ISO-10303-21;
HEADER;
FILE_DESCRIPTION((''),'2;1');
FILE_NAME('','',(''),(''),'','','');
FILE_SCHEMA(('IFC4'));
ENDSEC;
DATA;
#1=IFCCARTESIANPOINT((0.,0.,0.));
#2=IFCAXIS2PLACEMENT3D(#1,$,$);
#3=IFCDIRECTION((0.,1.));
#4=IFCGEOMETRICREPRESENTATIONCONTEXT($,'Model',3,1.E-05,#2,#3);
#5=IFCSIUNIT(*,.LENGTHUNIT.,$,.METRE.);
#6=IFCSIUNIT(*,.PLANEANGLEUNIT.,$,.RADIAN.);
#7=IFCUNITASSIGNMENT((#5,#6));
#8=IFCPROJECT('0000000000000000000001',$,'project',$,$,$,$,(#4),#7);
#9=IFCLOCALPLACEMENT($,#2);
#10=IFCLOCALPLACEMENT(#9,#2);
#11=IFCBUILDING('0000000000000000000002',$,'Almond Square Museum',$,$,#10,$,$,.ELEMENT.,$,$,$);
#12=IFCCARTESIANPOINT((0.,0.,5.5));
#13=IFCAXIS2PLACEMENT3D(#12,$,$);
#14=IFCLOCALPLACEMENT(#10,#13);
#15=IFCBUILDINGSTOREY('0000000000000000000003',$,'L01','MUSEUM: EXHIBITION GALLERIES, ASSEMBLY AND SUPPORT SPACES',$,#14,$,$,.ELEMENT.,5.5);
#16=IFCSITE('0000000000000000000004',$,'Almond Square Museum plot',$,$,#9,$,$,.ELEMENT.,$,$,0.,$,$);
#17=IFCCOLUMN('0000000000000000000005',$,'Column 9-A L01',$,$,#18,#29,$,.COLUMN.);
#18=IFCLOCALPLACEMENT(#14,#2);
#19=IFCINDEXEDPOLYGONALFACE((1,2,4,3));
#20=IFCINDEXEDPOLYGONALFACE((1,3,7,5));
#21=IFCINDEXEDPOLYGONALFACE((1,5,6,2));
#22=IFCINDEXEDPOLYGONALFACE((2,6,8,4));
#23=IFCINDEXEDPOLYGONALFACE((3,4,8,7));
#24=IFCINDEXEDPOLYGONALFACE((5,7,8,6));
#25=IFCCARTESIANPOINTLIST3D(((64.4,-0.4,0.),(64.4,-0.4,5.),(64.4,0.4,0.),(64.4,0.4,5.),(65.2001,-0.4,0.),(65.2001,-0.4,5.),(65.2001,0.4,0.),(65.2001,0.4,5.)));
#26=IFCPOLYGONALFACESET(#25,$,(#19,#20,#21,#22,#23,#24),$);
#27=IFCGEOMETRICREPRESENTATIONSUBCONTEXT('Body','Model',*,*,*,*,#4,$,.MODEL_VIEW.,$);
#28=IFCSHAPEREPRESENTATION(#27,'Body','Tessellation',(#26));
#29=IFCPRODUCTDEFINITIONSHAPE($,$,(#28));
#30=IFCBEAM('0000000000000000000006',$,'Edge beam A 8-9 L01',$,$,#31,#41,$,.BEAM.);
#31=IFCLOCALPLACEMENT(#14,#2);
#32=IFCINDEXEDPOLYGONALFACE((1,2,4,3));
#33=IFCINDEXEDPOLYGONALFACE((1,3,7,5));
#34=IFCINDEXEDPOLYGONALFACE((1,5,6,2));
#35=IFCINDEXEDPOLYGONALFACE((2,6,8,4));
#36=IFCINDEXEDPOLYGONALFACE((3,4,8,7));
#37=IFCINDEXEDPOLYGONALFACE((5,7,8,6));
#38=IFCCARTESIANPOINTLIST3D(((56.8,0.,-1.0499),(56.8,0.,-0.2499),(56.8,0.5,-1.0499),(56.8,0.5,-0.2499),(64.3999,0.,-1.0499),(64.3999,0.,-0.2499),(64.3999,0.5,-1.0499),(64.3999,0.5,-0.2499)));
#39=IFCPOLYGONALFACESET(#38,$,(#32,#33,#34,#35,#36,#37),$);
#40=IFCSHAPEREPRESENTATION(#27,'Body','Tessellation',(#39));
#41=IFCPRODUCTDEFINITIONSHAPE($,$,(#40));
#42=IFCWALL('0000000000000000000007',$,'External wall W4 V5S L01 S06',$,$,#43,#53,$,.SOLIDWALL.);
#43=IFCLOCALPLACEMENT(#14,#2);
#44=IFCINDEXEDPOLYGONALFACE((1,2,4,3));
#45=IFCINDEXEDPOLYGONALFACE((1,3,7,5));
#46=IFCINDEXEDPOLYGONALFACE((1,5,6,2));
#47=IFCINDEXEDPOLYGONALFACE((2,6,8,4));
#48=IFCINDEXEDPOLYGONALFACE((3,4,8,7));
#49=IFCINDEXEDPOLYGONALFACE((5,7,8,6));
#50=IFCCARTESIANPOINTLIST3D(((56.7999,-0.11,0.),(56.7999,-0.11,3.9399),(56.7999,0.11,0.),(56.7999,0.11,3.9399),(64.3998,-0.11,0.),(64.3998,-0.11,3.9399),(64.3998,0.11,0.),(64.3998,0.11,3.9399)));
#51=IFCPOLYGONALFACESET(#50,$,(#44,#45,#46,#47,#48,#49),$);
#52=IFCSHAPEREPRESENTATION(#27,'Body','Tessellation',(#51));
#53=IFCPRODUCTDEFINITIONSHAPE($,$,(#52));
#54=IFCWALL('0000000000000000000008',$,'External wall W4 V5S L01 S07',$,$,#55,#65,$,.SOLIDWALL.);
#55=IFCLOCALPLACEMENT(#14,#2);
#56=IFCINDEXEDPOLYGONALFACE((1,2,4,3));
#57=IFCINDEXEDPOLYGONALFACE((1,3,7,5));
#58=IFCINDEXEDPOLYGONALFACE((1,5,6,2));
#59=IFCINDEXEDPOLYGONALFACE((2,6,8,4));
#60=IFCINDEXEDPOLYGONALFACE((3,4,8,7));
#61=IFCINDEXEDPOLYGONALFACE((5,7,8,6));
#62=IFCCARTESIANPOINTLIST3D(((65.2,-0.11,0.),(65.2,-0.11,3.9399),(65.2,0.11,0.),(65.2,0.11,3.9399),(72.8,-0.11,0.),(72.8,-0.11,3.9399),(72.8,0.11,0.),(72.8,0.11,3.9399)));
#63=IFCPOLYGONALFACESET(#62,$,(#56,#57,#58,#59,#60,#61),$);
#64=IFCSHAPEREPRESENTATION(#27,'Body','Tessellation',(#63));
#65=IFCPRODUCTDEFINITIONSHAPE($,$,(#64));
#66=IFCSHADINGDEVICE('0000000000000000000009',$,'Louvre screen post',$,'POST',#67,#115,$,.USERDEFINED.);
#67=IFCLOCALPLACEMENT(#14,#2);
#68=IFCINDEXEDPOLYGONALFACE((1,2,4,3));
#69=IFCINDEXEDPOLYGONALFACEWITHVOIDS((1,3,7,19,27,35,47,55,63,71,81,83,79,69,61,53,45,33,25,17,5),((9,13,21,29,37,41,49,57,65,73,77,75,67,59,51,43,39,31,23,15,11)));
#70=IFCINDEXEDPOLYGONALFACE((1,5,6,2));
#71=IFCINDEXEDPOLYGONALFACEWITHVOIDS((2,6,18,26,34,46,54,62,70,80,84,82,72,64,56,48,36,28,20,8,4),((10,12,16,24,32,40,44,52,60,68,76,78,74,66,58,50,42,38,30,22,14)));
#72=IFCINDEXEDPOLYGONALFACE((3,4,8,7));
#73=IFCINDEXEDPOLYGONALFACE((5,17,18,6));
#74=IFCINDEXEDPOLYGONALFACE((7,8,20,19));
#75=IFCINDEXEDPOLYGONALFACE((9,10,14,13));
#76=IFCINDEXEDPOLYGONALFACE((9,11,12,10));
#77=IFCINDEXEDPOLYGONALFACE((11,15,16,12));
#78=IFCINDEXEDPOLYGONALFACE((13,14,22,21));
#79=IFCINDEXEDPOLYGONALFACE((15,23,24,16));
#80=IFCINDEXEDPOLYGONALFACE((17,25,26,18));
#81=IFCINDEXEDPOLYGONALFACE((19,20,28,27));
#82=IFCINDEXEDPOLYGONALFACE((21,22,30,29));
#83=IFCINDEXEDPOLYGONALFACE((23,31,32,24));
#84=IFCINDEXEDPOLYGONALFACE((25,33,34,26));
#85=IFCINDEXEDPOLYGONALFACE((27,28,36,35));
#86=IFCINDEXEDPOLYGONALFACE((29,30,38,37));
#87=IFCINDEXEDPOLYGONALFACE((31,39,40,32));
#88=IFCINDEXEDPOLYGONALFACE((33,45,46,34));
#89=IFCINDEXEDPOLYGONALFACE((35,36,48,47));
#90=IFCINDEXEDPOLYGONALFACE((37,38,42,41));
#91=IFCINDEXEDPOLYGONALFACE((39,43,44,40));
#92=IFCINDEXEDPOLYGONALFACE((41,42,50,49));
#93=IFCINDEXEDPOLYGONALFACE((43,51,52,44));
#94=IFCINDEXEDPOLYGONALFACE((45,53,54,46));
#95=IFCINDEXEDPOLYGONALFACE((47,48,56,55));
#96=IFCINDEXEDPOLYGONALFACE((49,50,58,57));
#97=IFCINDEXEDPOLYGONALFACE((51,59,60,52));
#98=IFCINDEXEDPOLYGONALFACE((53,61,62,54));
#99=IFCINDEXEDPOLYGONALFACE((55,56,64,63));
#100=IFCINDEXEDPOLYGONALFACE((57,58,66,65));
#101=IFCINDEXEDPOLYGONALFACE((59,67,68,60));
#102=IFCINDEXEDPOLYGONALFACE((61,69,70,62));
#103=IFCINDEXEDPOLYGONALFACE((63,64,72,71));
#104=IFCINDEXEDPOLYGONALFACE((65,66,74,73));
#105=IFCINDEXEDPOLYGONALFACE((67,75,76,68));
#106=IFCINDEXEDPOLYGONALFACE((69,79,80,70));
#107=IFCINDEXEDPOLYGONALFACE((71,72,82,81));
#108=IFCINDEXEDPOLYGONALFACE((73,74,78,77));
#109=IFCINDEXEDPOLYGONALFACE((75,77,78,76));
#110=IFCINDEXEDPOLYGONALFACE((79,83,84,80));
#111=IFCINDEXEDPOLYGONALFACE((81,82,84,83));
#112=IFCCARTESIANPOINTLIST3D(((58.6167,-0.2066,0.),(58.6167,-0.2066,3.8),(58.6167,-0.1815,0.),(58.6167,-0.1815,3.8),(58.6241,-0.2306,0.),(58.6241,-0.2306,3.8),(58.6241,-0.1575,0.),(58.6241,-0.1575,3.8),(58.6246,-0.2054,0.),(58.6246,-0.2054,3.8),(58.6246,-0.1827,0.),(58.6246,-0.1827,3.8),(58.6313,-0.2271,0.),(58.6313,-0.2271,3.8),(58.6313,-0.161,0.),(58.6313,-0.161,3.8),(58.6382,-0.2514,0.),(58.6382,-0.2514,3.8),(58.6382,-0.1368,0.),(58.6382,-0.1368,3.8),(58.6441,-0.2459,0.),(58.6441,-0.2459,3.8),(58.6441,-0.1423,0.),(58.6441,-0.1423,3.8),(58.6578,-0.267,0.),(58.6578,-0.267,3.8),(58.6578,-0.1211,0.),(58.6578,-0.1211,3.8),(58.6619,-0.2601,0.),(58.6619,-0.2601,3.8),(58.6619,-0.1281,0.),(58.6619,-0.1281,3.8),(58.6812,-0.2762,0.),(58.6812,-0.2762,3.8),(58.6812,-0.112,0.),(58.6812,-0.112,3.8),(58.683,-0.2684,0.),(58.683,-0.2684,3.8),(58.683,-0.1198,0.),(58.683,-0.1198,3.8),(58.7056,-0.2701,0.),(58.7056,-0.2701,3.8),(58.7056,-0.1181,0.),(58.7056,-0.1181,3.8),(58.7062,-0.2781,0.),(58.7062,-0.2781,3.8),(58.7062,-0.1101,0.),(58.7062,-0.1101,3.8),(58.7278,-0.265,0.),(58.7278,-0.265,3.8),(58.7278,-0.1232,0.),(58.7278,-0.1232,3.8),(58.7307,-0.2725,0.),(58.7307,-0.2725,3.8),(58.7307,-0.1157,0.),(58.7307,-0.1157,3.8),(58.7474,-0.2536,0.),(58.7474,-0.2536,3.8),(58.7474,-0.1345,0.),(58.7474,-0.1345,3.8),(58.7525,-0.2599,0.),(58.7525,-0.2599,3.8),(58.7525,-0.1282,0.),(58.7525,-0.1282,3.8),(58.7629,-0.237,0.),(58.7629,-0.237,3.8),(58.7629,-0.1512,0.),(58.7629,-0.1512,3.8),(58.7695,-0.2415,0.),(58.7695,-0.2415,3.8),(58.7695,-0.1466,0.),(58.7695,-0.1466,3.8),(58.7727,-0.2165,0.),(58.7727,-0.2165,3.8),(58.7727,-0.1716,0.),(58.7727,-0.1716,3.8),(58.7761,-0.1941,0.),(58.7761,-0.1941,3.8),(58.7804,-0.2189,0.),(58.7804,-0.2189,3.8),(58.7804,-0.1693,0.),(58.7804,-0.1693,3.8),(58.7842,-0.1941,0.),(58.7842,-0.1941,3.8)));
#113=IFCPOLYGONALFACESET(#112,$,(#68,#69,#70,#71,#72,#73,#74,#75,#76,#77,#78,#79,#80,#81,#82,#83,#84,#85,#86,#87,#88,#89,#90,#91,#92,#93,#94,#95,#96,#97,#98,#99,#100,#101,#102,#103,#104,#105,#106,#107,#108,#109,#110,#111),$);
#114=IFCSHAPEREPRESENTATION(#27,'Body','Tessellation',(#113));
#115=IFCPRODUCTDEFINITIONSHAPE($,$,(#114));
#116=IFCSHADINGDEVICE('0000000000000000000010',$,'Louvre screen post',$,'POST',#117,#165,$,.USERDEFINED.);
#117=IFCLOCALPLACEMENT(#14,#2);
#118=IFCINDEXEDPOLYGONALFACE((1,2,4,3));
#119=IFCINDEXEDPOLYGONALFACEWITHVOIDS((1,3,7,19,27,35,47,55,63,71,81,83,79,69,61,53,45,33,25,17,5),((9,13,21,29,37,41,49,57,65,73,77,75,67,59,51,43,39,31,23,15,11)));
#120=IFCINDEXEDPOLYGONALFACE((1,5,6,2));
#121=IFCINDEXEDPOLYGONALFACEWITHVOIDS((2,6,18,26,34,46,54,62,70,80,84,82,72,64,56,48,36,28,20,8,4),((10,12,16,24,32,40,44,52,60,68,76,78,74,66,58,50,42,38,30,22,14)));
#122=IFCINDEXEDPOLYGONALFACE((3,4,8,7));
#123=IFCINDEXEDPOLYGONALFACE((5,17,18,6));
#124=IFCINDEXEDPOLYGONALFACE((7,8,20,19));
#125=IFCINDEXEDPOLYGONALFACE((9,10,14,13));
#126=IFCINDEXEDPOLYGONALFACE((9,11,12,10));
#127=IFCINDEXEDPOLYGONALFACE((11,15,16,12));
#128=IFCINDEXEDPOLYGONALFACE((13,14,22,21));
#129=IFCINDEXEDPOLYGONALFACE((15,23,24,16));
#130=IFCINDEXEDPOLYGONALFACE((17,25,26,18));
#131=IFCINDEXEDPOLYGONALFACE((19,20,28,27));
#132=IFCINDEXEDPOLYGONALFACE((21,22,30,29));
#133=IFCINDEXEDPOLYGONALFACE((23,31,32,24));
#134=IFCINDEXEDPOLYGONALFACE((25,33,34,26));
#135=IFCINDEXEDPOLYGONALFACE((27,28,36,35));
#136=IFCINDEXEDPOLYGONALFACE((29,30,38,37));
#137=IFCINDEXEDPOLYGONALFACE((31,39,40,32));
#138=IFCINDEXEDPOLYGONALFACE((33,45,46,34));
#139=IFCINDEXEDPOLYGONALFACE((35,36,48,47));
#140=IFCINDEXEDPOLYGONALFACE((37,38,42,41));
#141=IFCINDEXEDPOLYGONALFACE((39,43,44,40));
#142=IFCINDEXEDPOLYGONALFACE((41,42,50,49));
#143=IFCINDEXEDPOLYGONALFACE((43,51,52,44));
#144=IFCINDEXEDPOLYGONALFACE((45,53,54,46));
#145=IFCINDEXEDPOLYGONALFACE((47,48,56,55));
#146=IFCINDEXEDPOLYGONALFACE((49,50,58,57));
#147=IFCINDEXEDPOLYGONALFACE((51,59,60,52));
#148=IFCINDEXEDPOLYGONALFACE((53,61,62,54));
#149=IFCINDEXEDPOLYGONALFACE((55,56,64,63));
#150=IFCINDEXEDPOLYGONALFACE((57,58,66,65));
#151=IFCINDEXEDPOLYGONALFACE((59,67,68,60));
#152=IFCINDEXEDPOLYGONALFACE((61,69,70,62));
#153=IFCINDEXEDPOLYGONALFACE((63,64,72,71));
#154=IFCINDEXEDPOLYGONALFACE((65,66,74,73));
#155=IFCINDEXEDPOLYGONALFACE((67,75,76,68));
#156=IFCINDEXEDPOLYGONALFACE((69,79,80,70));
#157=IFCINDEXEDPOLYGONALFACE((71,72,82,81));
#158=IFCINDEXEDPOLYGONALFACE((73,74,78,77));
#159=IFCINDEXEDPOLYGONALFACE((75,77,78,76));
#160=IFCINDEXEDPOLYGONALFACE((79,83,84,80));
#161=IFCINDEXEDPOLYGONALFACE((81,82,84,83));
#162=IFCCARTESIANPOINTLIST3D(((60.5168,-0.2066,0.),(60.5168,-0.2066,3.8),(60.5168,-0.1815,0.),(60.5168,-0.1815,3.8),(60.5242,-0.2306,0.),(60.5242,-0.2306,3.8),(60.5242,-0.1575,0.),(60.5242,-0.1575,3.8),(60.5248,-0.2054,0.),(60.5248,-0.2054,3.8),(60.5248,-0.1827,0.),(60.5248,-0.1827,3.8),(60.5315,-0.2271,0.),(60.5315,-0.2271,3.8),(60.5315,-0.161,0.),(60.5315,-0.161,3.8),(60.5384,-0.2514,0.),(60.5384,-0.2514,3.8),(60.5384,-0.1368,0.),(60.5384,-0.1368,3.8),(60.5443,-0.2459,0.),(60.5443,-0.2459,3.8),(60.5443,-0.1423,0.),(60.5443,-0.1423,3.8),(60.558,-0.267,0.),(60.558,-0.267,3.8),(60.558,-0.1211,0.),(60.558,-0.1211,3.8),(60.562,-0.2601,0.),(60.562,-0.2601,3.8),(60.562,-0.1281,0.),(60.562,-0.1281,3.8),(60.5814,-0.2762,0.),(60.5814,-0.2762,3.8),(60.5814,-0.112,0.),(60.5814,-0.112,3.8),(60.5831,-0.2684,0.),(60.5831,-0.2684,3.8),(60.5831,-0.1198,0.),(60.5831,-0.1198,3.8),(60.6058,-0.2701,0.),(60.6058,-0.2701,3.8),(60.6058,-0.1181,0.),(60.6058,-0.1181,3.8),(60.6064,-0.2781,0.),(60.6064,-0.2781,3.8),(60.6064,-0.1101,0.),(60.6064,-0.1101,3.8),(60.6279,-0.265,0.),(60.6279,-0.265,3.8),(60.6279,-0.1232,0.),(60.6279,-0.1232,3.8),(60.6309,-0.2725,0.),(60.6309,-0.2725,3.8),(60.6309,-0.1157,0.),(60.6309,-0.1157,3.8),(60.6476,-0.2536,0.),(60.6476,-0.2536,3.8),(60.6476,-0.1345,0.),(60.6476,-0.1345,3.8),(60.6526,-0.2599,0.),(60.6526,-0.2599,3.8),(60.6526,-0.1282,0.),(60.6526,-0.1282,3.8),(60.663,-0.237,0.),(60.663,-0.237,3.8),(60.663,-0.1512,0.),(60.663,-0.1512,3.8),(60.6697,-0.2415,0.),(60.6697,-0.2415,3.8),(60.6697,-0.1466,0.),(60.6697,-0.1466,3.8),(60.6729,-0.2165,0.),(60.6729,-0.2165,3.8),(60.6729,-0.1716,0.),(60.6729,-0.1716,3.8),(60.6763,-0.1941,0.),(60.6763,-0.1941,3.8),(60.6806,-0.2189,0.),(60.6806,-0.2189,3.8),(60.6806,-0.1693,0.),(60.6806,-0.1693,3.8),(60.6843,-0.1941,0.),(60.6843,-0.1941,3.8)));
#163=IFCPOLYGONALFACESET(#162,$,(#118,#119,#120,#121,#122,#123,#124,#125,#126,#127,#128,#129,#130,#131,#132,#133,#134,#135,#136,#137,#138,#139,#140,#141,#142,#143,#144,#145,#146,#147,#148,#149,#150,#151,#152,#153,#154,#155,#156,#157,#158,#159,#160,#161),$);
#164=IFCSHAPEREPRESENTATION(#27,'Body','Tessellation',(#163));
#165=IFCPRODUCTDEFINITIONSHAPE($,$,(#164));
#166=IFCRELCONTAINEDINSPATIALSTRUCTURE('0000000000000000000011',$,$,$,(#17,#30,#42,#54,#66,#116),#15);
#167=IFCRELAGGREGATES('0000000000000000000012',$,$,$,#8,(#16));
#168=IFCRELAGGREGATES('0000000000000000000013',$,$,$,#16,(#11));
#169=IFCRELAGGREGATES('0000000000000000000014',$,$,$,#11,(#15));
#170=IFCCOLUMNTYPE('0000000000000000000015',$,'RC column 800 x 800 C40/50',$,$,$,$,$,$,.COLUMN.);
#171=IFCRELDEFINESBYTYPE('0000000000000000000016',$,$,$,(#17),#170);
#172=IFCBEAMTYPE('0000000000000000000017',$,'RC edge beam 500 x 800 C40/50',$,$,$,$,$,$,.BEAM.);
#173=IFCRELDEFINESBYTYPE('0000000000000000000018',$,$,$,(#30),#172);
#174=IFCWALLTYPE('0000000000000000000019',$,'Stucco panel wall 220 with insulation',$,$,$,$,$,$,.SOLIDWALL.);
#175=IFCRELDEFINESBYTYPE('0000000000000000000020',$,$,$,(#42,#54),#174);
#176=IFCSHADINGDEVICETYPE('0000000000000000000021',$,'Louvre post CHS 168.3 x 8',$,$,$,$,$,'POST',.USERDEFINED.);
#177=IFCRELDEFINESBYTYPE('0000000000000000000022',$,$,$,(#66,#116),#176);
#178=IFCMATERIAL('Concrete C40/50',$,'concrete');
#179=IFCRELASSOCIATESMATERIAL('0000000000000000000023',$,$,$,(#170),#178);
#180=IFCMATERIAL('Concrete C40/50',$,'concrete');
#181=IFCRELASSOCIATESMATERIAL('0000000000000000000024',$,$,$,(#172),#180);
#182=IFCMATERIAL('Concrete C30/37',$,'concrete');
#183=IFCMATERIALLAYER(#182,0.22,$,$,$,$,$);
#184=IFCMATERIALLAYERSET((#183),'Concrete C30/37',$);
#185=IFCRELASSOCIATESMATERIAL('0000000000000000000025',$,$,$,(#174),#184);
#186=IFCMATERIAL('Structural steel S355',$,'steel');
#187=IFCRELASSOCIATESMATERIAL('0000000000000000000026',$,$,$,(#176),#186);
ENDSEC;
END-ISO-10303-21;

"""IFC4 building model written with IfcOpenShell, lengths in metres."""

from ifc_helpers import new_model, si_unit, direction, frame, frame_2d, origin, origin_2d, place, context, subcontext, project, spatial, rectangle, hollow_circle, extrude, material, layer, layer_set, material_profile, profile_set, type_object, element, save


model = new_model("IFC4")

# Units and contexts
model_context = context("Model", 3, precision=1e-05, world=origin(), true_north=direction((0.0, 1.0)))
body_context = subcontext(model_context, "Body", "Model", "MODEL_VIEW")
ifc_project = project(units=[si_unit("LENGTHUNIT", "METRE"), si_unit("PLANEANGLEUNIT", "RADIAN")], contexts=[model_context])

# Site, building, storey
site_placement = place(None, origin())
site = spatial("IfcSite", under=ifc_project, at=site_placement, Name="Almond Square Museum plot", CompositionType="ELEMENT", RefElevation=0.0)
building_placement = place(site_placement, origin())
building = spatial("IfcBuilding", under=site, at=building_placement, Name="Almond Square Museum", CompositionType="ELEMENT")
storey_placement = place(building_placement, frame((0.0, 0.0, 5.5)))
storey = spatial("IfcBuildingStorey", under=building, at=storey_placement, Name="L01", Description="MUSEUM: EXHIBITION GALLERIES, ASSEMBLY AND SUPPORT SPACES", CompositionType="ELEMENT", Elevation=5.5)

# Column
ifc_material_1 = material(Name="Concrete C40/50", Category="concrete")
ifc_material_profile_1 = material_profile(ifc_material_1, rectangle(XDim=0.8, YDim=0.8, at=origin_2d()))
ifc_profile_set_1 = profile_set([ifc_material_profile_1], Name="Concrete C40/50")
column_type = type_object("IfcColumnType", Name="RC column 800 x 800 C40/50", PredefinedType="COLUMN", material=ifc_profile_set_1)
column_placement = place(storey_placement, frame((64.8, 0.0, 0.0), z_axis=(0.0, 0.0, 1.0), x_axis=(1.0, 0.0, 0.0)))
element("IfcColumn", 1, at=column_placement, inside=storey, type_object=column_type, Name="Column 9-A L01", PredefinedType="COLUMN", context=body_context, shape_type="SweptSolid", body=[
    extrude(rectangle(XDim=0.8, YDim=0.8, at=origin_2d()), origin(), (0.0, 0.0, 1.0), 5.0),
])

# Beam
ifc_material_2 = material(Name="Concrete C40/50", Category="concrete")
ifc_material_profile_2 = material_profile(ifc_material_2, rectangle(XDim=0.5, YDim=0.8, at=origin_2d()))
ifc_profile_set_2 = profile_set([ifc_material_profile_2], Name="Concrete C40/50")
beam_type = type_object("IfcBeamType", Name="RC edge beam 500 x 800 C40/50", PredefinedType="BEAM", material=ifc_profile_set_2)
beam_placement = place(storey_placement, frame((56.8, 0.25, -0.6499), z_axis=(1.0, 0.0, 0.0), x_axis=(0.0, 1.0, 0.0)))
element("IfcBeam", 2, at=beam_placement, inside=storey, type_object=beam_type, Name="Edge beam A 8-9 L01", PredefinedType="BEAM", context=body_context, shape_type="SweptSolid", body=[
    extrude(rectangle(XDim=0.5, YDim=0.8, at=origin_2d()), origin(), (0.0, 0.0, 1.0), 7.5999),
])

# Walls
ifc_material_3 = material(Name="Concrete C30/37", Category="concrete")
ifc_layer = layer(ifc_material_3, 0.22)
ifc_layer_set = layer_set([ifc_layer], Name="Concrete C30/37")
wall_type = type_object("IfcWallType", Name="Stucco panel wall 220 with insulation", PredefinedType="SOLIDWALL", material=ifc_layer_set)
wall_1_placement = place(storey_placement, frame((56.8, 0.0, 0.0), z_axis=(0.0, 0.0, 1.0), x_axis=(1.0, 0.0, 0.0)))
element("IfcWall", 3, at=wall_1_placement, inside=storey, type_object=wall_type, Name="External wall W4 V5S L01 S06", PredefinedType="SOLIDWALL", context=body_context, shape_type="SweptSolid", body=[
    extrude(rectangle(XDim=7.5999, YDim=0.22, at=frame_2d((3.7998, 0.0))), origin(), (0.0, 0.0, 1.0), 3.9399),
])
wall_2_placement = place(storey_placement, frame((65.2, 0.0, 0.0), z_axis=(0.0, 0.0, 1.0), x_axis=(1.0, 0.0, 0.0)))
element("IfcWall", 4, at=wall_2_placement, inside=storey, type_object=wall_type, Name="External wall W4 V5S L01 S07", PredefinedType="SOLIDWALL", context=body_context, shape_type="SweptSolid", body=[
    extrude(rectangle(XDim=7.6001, YDim=0.22, at=frame_2d((3.8, 0.0))), origin(), (0.0, 0.0, 1.0), 3.9399),
])

# Shading devices
ifc_material_4 = material(Name="Structural steel S355", Category="steel")
ifc_material_profile_3 = material_profile(ifc_material_4, hollow_circle(Radius=0.0842, WallThickness=0.0081, at=origin_2d()))
ifc_profile_set_3 = profile_set([ifc_material_profile_3], Name="Structural steel S355")
shading_device_type = type_object("IfcShadingDeviceType", Name="Louvre post CHS 168.3 x 8", ElementType="POST", PredefinedType="USERDEFINED", material=ifc_profile_set_3)
for number, where, z_axis, x_axis, name in (
    (5, (58.7, -0.1941, 0.0), (0.0, 0.0, 1.0), (1.0, 0.0, 0.0), "Louvre screen post"),
    (6, (60.6001, -0.1941, 0.0), (0.0, 0.0, 1.0), (1.0, 0.0, 0.0), "Louvre screen post"),
):
    element("IfcShadingDevice", number, at=place(storey_placement, frame(where, z_axis=z_axis, x_axis=x_axis)), inside=storey, type_object=shading_device_type, Name=name, ObjectType="POST", PredefinedType="USERDEFINED", context=body_context, shape_type="SweptSolid", body=[
        extrude(hollow_circle(Radius=0.0842, WallThickness=0.0081, at=origin_2d()), origin(), (0.0, 0.0, 1.0), 3.8),
    ])

save(model, "model.ifc")
